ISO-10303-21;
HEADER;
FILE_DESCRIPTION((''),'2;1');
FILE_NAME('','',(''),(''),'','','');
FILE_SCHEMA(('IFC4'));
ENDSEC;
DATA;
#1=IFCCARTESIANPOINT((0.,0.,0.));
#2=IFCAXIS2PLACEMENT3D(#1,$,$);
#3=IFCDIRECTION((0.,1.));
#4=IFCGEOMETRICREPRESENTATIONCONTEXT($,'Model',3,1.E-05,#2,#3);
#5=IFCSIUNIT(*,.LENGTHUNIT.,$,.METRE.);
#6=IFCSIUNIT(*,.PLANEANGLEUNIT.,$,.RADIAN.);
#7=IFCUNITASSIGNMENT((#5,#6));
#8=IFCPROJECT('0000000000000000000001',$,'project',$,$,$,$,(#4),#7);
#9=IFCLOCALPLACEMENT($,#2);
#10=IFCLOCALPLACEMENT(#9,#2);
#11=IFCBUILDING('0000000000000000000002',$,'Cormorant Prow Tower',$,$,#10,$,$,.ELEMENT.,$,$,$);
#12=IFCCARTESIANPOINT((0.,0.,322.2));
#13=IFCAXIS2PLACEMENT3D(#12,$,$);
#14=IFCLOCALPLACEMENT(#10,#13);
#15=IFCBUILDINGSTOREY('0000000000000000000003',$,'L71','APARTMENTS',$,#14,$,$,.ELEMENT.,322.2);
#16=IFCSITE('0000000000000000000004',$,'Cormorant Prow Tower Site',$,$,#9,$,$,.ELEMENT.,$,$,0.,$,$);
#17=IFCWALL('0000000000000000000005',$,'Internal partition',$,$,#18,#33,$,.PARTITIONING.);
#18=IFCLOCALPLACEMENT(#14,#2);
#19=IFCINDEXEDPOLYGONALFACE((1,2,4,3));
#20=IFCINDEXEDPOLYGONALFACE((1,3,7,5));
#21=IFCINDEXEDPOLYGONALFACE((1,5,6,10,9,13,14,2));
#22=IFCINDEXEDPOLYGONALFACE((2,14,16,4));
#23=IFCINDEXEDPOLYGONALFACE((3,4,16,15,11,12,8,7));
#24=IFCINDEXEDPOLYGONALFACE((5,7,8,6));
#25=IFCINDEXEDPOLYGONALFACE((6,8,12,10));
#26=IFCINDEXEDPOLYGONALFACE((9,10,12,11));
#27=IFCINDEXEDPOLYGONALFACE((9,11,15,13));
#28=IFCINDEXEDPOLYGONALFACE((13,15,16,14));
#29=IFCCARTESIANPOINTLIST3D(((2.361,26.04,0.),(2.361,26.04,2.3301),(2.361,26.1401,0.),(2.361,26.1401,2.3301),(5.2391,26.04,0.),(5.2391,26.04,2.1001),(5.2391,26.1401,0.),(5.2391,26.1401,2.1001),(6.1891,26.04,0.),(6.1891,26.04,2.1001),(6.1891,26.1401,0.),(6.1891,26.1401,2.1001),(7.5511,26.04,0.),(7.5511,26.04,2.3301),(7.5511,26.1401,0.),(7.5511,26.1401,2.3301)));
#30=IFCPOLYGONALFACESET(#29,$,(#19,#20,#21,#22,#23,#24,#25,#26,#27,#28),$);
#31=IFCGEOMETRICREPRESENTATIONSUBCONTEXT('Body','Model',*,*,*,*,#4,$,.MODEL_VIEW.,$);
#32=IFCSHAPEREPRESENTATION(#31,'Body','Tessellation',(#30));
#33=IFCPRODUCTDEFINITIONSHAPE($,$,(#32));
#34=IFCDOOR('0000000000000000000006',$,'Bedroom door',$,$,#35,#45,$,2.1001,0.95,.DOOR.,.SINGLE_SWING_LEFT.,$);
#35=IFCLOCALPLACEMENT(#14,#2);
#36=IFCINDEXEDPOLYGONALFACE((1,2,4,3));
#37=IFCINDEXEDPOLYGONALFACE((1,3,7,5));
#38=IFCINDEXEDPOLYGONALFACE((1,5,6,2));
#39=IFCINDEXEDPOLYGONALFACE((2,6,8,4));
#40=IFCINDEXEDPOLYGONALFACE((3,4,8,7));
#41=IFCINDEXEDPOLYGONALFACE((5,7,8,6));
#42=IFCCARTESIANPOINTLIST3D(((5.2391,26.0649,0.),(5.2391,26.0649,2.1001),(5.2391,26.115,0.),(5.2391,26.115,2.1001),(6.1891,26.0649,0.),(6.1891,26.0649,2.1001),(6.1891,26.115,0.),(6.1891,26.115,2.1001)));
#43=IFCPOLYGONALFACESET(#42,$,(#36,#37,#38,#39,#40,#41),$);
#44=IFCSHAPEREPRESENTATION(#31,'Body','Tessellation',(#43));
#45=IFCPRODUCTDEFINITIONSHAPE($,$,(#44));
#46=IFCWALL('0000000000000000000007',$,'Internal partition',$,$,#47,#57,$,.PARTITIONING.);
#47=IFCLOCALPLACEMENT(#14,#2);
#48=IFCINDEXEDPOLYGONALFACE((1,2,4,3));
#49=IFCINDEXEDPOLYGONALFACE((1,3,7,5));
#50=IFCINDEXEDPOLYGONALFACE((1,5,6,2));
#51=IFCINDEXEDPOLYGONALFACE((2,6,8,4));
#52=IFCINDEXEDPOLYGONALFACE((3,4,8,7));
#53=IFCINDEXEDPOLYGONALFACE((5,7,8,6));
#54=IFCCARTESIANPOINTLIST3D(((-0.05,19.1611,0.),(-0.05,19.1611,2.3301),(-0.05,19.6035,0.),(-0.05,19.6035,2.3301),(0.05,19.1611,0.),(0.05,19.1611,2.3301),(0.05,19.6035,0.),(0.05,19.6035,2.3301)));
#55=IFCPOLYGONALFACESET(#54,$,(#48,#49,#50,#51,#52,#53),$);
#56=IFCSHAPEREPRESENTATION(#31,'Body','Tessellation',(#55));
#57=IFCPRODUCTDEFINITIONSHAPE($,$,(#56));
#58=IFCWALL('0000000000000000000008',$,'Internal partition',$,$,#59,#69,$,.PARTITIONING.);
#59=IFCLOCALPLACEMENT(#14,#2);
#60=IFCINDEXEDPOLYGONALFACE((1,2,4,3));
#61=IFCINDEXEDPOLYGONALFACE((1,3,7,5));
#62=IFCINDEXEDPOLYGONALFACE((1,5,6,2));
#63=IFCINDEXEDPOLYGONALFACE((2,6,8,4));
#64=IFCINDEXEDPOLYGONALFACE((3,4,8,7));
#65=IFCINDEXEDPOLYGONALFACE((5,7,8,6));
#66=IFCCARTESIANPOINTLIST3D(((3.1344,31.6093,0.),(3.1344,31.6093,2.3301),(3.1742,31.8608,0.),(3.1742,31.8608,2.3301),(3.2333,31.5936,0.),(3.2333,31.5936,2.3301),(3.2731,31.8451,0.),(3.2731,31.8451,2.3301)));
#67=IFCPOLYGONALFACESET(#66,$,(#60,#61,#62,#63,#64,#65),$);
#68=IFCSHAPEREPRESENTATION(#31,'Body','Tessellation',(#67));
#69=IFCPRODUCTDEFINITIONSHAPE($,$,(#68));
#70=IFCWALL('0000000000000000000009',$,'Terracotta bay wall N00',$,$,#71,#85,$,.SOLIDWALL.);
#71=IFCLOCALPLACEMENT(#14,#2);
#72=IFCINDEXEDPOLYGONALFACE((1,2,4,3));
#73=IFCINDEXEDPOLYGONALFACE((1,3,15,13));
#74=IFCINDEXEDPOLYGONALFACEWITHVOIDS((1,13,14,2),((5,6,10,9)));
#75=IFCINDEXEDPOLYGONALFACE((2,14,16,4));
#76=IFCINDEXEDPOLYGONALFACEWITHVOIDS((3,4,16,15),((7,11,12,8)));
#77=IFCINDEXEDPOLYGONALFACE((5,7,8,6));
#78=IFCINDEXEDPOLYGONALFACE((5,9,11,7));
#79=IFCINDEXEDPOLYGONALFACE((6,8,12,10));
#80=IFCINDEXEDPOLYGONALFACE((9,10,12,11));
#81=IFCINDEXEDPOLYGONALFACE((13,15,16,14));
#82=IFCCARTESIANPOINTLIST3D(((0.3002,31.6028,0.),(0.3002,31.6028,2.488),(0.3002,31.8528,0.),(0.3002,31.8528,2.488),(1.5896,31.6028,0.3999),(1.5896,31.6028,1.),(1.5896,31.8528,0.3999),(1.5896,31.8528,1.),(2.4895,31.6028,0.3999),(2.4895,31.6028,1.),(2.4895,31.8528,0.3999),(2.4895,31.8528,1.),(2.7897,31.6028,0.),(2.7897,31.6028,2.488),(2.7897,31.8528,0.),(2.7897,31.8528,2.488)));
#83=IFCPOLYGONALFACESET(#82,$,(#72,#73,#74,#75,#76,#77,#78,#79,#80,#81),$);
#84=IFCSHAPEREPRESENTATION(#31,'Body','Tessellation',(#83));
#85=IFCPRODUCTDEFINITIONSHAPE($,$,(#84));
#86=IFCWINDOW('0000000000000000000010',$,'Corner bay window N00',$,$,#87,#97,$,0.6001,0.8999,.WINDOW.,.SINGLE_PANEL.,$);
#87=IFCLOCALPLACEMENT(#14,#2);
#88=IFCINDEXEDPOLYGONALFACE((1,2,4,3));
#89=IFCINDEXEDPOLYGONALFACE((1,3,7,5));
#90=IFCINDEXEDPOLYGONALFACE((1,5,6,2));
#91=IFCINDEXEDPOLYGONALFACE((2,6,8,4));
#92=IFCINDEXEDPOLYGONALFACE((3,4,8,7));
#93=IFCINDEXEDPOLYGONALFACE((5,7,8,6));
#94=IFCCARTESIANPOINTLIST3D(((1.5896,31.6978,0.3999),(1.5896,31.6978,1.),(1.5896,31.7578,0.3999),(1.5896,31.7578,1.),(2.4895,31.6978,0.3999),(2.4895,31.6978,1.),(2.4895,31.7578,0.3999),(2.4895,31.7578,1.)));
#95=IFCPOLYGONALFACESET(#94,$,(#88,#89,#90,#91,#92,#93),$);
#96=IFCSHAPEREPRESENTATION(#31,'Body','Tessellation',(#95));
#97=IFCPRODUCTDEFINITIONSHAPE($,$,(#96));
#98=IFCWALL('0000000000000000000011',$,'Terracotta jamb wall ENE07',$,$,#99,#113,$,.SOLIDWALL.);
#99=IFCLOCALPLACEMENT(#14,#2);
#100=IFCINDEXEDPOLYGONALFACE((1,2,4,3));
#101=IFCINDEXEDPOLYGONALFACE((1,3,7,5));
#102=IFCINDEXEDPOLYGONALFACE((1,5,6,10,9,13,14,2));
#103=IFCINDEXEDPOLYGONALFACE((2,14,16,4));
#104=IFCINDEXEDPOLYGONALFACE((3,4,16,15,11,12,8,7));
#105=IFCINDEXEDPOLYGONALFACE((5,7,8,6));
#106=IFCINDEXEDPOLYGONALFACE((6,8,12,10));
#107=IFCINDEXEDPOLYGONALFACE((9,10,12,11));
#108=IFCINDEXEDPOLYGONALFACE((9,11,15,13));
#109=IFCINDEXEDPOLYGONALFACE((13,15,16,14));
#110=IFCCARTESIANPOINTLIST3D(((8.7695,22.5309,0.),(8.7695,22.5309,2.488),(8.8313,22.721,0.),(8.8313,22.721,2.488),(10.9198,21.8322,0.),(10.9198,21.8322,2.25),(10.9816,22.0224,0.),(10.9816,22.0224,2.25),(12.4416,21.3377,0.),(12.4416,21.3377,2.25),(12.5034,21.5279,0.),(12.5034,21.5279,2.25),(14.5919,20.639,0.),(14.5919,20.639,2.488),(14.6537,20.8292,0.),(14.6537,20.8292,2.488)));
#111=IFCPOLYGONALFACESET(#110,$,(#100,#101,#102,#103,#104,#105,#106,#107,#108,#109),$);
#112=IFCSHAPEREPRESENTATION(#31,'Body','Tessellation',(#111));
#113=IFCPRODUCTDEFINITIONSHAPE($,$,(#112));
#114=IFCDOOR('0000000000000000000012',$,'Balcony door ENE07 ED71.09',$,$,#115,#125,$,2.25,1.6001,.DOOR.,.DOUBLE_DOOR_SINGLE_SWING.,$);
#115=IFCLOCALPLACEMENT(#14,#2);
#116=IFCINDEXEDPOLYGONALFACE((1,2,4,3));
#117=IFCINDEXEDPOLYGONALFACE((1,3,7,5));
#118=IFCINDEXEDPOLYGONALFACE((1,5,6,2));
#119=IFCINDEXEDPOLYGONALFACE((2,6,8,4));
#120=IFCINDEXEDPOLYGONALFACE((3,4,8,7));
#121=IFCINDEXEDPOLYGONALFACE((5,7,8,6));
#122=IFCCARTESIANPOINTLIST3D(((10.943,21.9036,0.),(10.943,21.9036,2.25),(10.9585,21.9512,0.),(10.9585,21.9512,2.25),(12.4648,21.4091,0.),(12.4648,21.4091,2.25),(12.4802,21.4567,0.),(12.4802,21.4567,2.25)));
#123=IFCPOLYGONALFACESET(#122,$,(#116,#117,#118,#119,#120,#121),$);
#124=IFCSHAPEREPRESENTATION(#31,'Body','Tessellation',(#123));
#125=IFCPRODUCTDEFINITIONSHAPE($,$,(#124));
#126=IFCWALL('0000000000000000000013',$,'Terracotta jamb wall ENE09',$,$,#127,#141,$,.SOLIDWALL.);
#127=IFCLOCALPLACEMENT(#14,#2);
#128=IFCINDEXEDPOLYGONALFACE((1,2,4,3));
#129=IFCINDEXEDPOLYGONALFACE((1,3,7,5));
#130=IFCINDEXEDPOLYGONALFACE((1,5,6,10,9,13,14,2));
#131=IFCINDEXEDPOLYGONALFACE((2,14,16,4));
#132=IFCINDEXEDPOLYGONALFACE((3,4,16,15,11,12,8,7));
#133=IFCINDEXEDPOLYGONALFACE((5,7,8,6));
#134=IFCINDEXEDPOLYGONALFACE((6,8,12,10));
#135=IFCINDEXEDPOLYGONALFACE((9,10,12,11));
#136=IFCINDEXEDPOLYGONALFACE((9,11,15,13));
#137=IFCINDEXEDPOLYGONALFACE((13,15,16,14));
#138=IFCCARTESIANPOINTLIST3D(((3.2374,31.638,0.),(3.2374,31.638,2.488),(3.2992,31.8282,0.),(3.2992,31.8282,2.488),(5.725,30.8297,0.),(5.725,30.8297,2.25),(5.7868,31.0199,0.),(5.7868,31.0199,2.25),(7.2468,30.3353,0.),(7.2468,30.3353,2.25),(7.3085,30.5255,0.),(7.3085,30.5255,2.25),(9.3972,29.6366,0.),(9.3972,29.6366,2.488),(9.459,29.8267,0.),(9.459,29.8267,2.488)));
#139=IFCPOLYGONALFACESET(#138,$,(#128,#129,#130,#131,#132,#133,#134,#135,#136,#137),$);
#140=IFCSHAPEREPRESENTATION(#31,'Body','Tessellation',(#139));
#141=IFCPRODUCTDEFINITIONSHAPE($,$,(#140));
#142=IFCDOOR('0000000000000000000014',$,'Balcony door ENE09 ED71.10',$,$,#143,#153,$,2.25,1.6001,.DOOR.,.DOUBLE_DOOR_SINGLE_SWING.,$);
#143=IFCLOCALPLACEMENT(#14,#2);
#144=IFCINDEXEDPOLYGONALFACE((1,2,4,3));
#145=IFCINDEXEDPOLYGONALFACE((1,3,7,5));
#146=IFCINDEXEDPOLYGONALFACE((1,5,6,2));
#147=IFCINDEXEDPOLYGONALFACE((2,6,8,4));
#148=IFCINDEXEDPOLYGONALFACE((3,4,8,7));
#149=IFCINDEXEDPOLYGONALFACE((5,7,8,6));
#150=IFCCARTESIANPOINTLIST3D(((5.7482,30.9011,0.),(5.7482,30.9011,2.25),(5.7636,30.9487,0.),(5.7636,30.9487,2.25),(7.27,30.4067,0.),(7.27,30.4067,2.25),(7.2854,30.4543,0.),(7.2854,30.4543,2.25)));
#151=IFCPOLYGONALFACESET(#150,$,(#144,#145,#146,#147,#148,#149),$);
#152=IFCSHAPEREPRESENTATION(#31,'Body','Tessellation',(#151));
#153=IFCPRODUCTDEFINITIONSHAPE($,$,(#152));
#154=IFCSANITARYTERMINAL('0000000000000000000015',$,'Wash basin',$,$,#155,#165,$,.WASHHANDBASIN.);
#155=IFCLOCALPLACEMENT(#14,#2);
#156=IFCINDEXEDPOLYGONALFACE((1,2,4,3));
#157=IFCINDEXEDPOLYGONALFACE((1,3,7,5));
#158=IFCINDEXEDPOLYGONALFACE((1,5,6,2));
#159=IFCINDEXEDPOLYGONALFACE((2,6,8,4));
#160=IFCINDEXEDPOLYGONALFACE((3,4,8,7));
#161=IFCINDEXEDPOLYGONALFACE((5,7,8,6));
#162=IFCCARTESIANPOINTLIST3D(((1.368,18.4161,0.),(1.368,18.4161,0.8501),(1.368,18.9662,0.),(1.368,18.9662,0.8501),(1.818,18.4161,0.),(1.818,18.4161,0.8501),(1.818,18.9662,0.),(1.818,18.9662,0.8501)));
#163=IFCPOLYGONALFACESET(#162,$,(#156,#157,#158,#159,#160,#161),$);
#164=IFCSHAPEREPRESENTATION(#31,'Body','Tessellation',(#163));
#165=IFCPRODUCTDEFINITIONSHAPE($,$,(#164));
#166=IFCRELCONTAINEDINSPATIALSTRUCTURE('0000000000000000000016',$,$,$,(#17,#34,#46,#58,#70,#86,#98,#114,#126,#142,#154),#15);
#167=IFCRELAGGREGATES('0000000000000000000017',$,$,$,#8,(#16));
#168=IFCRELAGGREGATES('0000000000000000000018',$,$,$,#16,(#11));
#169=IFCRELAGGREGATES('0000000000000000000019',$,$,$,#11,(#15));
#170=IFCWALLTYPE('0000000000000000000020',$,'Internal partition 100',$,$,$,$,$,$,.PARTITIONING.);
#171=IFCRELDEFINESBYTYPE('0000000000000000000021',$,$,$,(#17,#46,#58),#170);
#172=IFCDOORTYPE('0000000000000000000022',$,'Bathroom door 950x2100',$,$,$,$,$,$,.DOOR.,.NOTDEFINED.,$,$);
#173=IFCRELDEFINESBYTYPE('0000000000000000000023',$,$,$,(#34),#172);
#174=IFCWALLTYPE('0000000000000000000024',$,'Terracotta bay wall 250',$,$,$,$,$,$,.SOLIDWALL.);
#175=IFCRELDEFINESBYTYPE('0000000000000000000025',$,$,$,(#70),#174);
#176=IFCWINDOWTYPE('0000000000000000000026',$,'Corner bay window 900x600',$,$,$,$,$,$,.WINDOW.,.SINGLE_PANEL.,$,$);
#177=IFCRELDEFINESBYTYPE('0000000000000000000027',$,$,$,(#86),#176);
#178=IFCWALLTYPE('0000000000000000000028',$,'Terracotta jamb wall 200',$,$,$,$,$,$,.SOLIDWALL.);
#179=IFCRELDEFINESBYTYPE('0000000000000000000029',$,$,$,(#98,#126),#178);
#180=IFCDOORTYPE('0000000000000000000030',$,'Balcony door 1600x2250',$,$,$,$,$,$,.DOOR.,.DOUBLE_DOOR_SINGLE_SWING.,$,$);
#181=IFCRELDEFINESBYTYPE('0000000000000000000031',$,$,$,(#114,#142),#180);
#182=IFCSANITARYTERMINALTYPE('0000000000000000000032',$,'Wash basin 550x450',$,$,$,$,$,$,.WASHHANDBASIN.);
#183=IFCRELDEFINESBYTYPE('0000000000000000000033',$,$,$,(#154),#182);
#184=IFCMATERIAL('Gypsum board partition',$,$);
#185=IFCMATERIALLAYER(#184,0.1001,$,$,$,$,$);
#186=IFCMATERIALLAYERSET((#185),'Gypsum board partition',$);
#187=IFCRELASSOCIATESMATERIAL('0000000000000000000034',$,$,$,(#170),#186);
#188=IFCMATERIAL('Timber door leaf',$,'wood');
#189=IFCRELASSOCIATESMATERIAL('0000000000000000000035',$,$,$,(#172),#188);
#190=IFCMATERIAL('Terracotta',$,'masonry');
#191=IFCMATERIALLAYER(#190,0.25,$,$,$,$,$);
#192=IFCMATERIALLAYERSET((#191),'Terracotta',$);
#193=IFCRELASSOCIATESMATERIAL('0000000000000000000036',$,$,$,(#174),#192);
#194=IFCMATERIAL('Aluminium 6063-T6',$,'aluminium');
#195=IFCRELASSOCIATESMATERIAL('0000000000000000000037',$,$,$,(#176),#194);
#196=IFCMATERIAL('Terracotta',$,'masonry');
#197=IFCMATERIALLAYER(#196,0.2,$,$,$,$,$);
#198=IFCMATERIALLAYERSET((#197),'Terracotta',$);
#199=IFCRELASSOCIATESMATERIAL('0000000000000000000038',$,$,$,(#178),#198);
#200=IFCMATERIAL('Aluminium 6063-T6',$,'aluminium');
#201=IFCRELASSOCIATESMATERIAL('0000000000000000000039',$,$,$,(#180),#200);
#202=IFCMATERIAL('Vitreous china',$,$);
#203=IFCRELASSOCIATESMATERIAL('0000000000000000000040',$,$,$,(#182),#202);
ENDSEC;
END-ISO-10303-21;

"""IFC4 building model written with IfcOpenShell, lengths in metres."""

from ifc_helpers import new_model, si_unit, direction, frame, frame_2d, origin, origin_2d, place, context, subcontext, project, spatial, rectangle, extrude, material, layer, layer_set, type_object, element, fill, save


model = new_model("IFC4")

# Units and contexts
model_context = context("Model", 3, precision=1e-05, world=origin(), true_north=direction((0.0, 1.0)))
body_context = subcontext(model_context, "Body", "Model", "MODEL_VIEW")
ifc_project = project(units=[si_unit("LENGTHUNIT", "METRE"), si_unit("PLANEANGLEUNIT", "RADIAN")], contexts=[model_context])

# Site, building, storey
site_placement = place(None, origin())
site = spatial("IfcSite", under=ifc_project, at=site_placement, Name="Cormorant Prow Tower Site", CompositionType="ELEMENT", RefElevation=0.0)
building_placement = place(site_placement, origin())
building = spatial("IfcBuilding", under=site, at=building_placement, Name="Cormorant Prow Tower", CompositionType="ELEMENT")
storey_placement = place(building_placement, frame((0.0, 0.0, 322.2)))
storey = spatial("IfcBuildingStorey", under=building, at=storey_placement, Name="L71", Description="APARTMENTS", CompositionType="ELEMENT", Elevation=322.2)

# Wall, opening, door
ifc_material_1 = material(Name="Gypsum board partition")
ifc_layer_1 = layer(ifc_material_1, 0.1001)
ifc_layer_set_1 = layer_set([ifc_layer_1], Name="Gypsum board partition")
wall_type_1 = type_object("IfcWallType", Name="Internal partition 100", PredefinedType="PARTITIONING", material=ifc_layer_set_1)
ifc_material_2 = material(Name="Timber door leaf", Category="wood")
door_type_1 = type_object("IfcDoorType", Name="Bathroom door 950x2100", OperationType="NOTDEFINED", PredefinedType="DOOR", material=ifc_material_2)
wall_1_placement = place(storey_placement, frame((2.3608, 26.0901, 0.0), z_axis=(0.0, 0.0, 1.0), x_axis=(1.0, 0.0, 0.0)))
wall_1 = element("IfcWall", 1, at=wall_1_placement, inside=storey, type_object=wall_type_1, Name="Internal partition", PredefinedType="PARTITIONING", context=body_context, shape_type="SweptSolid", body=[
    extrude(rectangle(XDim=5.1902, YDim=0.1001, at=frame_2d((2.5952, 0.0))), origin(), (0.0, 0.0, 1.0), 2.3301),
])
opening_1_placement = place(wall_1_placement, frame((2.8782, 0.0, 0.0)))
opening_1 = element("IfcOpeningElement", 2, at=opening_1_placement, cuts=wall_1, PredefinedType="OPENING", context=body_context, shape_type="SweptSolid", body=[
    extrude(rectangle(XDim=0.95, YDim=2.1001, at=frame_2d((0.4751, 1.05))), frame((0.0, 0.0601, 0.0), z_axis=(0.0, -1.0, 0.0), x_axis=(1.0, 0.0, 0.0)), (0.0, 0.0, 1.0), 0.1201),
])
door_1_placement = place(opening_1_placement, origin())
door_1 = element("IfcDoor", 3, at=door_1_placement, inside=storey, type_object=door_type_1, Name="Bedroom door", OperationType="SINGLE_SWING_LEFT", OverallHeight=2.1001, OverallWidth=0.95, PredefinedType="DOOR", context=body_context, shape_type="SweptSolid", body=[
    extrude(rectangle(XDim=0.95, YDim=2.1001, at=frame_2d((0.4751, 1.05))), frame((0.0, 0.0249, 0.0), z_axis=(0.0, -1.0, 0.0), x_axis=(1.0, 0.0, 0.0)), (0.0, 0.0, 1.0), 0.05),
])
fill(opening_1, door_1)

# Walls
wall_2_placement = place(storey_placement, frame((0.0, 19.1611, 0.0), z_axis=(0.0, 0.0, 1.0), x_axis=(0.0, 1.0, 0.0)))
element("IfcWall", 4, at=wall_2_placement, inside=storey, type_object=wall_type_1, Name="Internal partition", PredefinedType="PARTITIONING", context=body_context, shape_type="SweptSolid", body=[
    extrude(rectangle(XDim=0.4424, YDim=0.1001, at=frame_2d((0.2212, 0.0))), origin(), (0.0, 0.0, 1.0), 2.3301),
])
wall_3_placement = place(storey_placement, frame((3.1838, 31.6013, 0.0), z_axis=(0.0, 0.0, 1.0), x_axis=(0.156307, 0.987708, 0.0)))
element("IfcWall", 5, at=wall_3_placement, inside=storey, type_object=wall_type_1, Name="Internal partition", PredefinedType="PARTITIONING", context=body_context, shape_type="SweptSolid", body=[
    extrude(rectangle(XDim=0.2546, YDim=0.1001, at=frame_2d((0.1274, 0.0))), origin(), (0.0, 0.0, 1.0), 2.3301),
])

# Wall, opening, window
ifc_material_3 = material(Name="Terracotta", Category="masonry")
ifc_layer_2 = layer(ifc_material_3, 0.25)
ifc_layer_set_2 = layer_set([ifc_layer_2], Name="Terracotta")
wall_type_2 = type_object("IfcWallType", Name="Terracotta bay wall 250", PredefinedType="SOLIDWALL", material=ifc_layer_set_2)
wall_4_placement = place(storey_placement, frame((2.7896, 31.7278, 0.0), z_axis=(0.0, 0.0, 1.0), x_axis=(-1.0, 0.0, 0.0)))
wall_4 = element("IfcWall", 6, at=wall_4_placement, inside=storey, type_object=wall_type_2, Name="Terracotta bay wall N00", PredefinedType="SOLIDWALL", context=body_context, shape_type="SweptSolid", body=[
    extrude(rectangle(XDim=2.4895, YDim=0.25, at=frame_2d((1.2446, 0.0))), origin(), (0.0, 0.0, 1.0), 2.488),
])
opening_2_placement = place(wall_4_placement, frame((0.3, 0.0, 0.3999)))
opening_2 = element("IfcOpeningElement", 7, at=opening_2_placement, cuts=wall_4, PredefinedType="OPENING", context=body_context, shape_type="SweptSolid", body=[
    extrude(rectangle(XDim=0.8999, YDim=0.6001, at=frame_2d((0.45, 0.3))), frame((0.0, 0.135, 0.0), z_axis=(0.0, -1.0, 0.0), x_axis=(1.0, 0.0, 0.0)), (0.0, 0.0, 1.0), 0.27),
])
ifc_material_4 = material(Name="Aluminium 6063-T6", Category="aluminium")
window_type = type_object("IfcWindowType", Name="Corner bay window 900x600", PartitioningType="SINGLE_PANEL", PredefinedType="WINDOW", material=ifc_material_4)
window_placement = place(opening_2_placement, origin())
window = element("IfcWindow", 8, at=window_placement, inside=storey, type_object=window_type, Name="Corner bay window N00", OverallHeight=0.6001, OverallWidth=0.8999, PartitioningType="SINGLE_PANEL", PredefinedType="WINDOW", context=body_context, shape_type="SweptSolid", body=[
    extrude(rectangle(XDim=0.8999, YDim=0.6001, at=frame_2d((0.45, 0.3))), frame((0.0, 0.03, 0.0), z_axis=(0.0, -1.0, 0.0), x_axis=(1.0, 0.0, 0.0)), (0.0, 0.0, 1.0), 0.0601),
])
fill(opening_2, window)

# Walls, openings, doors
ifc_material_5 = material(Name="Terracotta", Category="masonry")
ifc_layer_3 = layer(ifc_material_5, 0.2)
ifc_layer_set_3 = layer_set([ifc_layer_3], Name="Terracotta")
wall_type_3 = type_object("IfcWallType", Name="Terracotta jamb wall 200", PredefinedType="SOLIDWALL", material=ifc_layer_set_3)
wall_5_placement = place(storey_placement, frame((14.6228, 20.7341, 0.0), z_axis=(0.0, 0.0, 1.0), x_axis=(-0.951057, 0.309017, 0.0)))
wall_5 = element("IfcWall", 9, at=wall_5_placement, inside=storey, type_object=wall_type_3, Name="Terracotta jamb wall ENE07", PredefinedType="SOLIDWALL", context=body_context, shape_type="SweptSolid", body=[
    extrude(rectangle(XDim=6.1221, YDim=0.2, at=frame_2d((3.061, 0.0))), origin(), (0.0, 0.0, 1.0), 2.488),
])
opening_3_placement = place(wall_5_placement, frame((2.261, 0.0, 0.0)))
opening_3 = element("IfcOpeningElement", 10, at=opening_3_placement, cuts=wall_5, PredefinedType="OPENING", context=body_context, shape_type="SweptSolid", body=[
    extrude(rectangle(XDim=1.6001, YDim=2.25, at=frame_2d((0.8, 1.125))), frame((0.0, 0.1099, 0.0), z_axis=(0.0, -1.0, 0.0), x_axis=(1.0, 0.0, 0.0)), (0.0, 0.0, 1.0), 0.22),
])
ifc_material_6 = material(Name="Aluminium 6063-T6", Category="aluminium")
door_type_2 = type_object("IfcDoorType", Name="Balcony door 1600x2250", OperationType="DOUBLE_DOOR_SINGLE_SWING", PredefinedType="DOOR", material=ifc_material_6)
door_2_placement = place(opening_3_placement, origin())
door_2 = element("IfcDoor", 11, at=door_2_placement, inside=storey, type_object=door_type_2, Name="Balcony door ENE07 ED71.09", OperationType="DOUBLE_DOOR_SINGLE_SWING", OverallHeight=2.25, OverallWidth=1.6001, PredefinedType="DOOR", context=body_context, shape_type="SweptSolid", body=[
    extrude(rectangle(XDim=1.6001, YDim=2.25, at=frame_2d((0.8, 1.125))), frame((0.0, 0.0249, 0.0), z_axis=(0.0, -1.0, 0.0), x_axis=(1.0, 0.0, 0.0)), (0.0, 0.0, 1.0), 0.05),
])
fill(opening_3, door_2)
wall_6_placement = place(storey_placement, frame((9.428, 29.7317, 0.0), z_axis=(0.0, 0.0, 1.0), x_axis=(-0.951057, 0.309015, 0.0)))
wall_6 = element("IfcWall", 12, at=wall_6_placement, inside=storey, type_object=wall_type_3, Name="Terracotta jamb wall ENE09", PredefinedType="SOLIDWALL", context=body_context, shape_type="SweptSolid", body=[
    extrude(rectangle(XDim=6.4768, YDim=0.2, at=frame_2d((3.2383, 0.0))), origin(), (0.0, 0.0, 1.0), 2.488),
])
opening_4_placement = place(wall_6_placement, frame((2.261, 0.0, 0.0)))
opening_4 = element("IfcOpeningElement", 13, at=opening_4_placement, cuts=wall_6, PredefinedType="OPENING", context=body_context, shape_type="SweptSolid", body=[
    extrude(rectangle(XDim=1.6001, YDim=2.25, at=frame_2d((0.8, 1.125))), frame((0.0, 0.1099, 0.0), z_axis=(0.0, -1.0, 0.0), x_axis=(1.0, 0.0, 0.0)), (0.0, 0.0, 1.0), 0.22),
])
door_3_placement = place(opening_4_placement, origin())
door_3 = element("IfcDoor", 14, at=door_3_placement, inside=storey, type_object=door_type_2, Name="Balcony door ENE09 ED71.10", OperationType="DOUBLE_DOOR_SINGLE_SWING", OverallHeight=2.25, OverallWidth=1.6001, PredefinedType="DOOR", context=body_context, shape_type="SweptSolid", body=[
    extrude(rectangle(XDim=1.6001, YDim=2.25, at=frame_2d((0.8, 1.125))), frame((0.0, 0.0249, 0.0), z_axis=(0.0, -1.0, 0.0), x_axis=(1.0, 0.0, 0.0)), (0.0, 0.0, 1.0), 0.05),
])
fill(opening_4, door_3)

# Sanitary terminal
ifc_material_7 = material(Name="Vitreous china")
sanitary_terminal_type = type_object("IfcSanitaryTerminalType", Name="Wash basin 550x450", PredefinedType="WASHHANDBASIN", material=ifc_material_7)
sanitary_terminal_placement = place(storey_placement, frame((1.593, 18.6912, 0.0), z_axis=(0.0, 0.0, 1.0), x_axis=(0.0, -1.0, 0.0)))
element("IfcSanitaryTerminal", 15, at=sanitary_terminal_placement, inside=storey, type_object=sanitary_terminal_type, Name="Wash basin", PredefinedType="WASHHANDBASIN", context=body_context, shape_type="SweptSolid", body=[
    extrude(rectangle(XDim=0.55, YDim=0.45, at=origin_2d()), origin(), (0.0, 0.0, 1.0), 0.8501),
])

save(model, "model.ifc")
